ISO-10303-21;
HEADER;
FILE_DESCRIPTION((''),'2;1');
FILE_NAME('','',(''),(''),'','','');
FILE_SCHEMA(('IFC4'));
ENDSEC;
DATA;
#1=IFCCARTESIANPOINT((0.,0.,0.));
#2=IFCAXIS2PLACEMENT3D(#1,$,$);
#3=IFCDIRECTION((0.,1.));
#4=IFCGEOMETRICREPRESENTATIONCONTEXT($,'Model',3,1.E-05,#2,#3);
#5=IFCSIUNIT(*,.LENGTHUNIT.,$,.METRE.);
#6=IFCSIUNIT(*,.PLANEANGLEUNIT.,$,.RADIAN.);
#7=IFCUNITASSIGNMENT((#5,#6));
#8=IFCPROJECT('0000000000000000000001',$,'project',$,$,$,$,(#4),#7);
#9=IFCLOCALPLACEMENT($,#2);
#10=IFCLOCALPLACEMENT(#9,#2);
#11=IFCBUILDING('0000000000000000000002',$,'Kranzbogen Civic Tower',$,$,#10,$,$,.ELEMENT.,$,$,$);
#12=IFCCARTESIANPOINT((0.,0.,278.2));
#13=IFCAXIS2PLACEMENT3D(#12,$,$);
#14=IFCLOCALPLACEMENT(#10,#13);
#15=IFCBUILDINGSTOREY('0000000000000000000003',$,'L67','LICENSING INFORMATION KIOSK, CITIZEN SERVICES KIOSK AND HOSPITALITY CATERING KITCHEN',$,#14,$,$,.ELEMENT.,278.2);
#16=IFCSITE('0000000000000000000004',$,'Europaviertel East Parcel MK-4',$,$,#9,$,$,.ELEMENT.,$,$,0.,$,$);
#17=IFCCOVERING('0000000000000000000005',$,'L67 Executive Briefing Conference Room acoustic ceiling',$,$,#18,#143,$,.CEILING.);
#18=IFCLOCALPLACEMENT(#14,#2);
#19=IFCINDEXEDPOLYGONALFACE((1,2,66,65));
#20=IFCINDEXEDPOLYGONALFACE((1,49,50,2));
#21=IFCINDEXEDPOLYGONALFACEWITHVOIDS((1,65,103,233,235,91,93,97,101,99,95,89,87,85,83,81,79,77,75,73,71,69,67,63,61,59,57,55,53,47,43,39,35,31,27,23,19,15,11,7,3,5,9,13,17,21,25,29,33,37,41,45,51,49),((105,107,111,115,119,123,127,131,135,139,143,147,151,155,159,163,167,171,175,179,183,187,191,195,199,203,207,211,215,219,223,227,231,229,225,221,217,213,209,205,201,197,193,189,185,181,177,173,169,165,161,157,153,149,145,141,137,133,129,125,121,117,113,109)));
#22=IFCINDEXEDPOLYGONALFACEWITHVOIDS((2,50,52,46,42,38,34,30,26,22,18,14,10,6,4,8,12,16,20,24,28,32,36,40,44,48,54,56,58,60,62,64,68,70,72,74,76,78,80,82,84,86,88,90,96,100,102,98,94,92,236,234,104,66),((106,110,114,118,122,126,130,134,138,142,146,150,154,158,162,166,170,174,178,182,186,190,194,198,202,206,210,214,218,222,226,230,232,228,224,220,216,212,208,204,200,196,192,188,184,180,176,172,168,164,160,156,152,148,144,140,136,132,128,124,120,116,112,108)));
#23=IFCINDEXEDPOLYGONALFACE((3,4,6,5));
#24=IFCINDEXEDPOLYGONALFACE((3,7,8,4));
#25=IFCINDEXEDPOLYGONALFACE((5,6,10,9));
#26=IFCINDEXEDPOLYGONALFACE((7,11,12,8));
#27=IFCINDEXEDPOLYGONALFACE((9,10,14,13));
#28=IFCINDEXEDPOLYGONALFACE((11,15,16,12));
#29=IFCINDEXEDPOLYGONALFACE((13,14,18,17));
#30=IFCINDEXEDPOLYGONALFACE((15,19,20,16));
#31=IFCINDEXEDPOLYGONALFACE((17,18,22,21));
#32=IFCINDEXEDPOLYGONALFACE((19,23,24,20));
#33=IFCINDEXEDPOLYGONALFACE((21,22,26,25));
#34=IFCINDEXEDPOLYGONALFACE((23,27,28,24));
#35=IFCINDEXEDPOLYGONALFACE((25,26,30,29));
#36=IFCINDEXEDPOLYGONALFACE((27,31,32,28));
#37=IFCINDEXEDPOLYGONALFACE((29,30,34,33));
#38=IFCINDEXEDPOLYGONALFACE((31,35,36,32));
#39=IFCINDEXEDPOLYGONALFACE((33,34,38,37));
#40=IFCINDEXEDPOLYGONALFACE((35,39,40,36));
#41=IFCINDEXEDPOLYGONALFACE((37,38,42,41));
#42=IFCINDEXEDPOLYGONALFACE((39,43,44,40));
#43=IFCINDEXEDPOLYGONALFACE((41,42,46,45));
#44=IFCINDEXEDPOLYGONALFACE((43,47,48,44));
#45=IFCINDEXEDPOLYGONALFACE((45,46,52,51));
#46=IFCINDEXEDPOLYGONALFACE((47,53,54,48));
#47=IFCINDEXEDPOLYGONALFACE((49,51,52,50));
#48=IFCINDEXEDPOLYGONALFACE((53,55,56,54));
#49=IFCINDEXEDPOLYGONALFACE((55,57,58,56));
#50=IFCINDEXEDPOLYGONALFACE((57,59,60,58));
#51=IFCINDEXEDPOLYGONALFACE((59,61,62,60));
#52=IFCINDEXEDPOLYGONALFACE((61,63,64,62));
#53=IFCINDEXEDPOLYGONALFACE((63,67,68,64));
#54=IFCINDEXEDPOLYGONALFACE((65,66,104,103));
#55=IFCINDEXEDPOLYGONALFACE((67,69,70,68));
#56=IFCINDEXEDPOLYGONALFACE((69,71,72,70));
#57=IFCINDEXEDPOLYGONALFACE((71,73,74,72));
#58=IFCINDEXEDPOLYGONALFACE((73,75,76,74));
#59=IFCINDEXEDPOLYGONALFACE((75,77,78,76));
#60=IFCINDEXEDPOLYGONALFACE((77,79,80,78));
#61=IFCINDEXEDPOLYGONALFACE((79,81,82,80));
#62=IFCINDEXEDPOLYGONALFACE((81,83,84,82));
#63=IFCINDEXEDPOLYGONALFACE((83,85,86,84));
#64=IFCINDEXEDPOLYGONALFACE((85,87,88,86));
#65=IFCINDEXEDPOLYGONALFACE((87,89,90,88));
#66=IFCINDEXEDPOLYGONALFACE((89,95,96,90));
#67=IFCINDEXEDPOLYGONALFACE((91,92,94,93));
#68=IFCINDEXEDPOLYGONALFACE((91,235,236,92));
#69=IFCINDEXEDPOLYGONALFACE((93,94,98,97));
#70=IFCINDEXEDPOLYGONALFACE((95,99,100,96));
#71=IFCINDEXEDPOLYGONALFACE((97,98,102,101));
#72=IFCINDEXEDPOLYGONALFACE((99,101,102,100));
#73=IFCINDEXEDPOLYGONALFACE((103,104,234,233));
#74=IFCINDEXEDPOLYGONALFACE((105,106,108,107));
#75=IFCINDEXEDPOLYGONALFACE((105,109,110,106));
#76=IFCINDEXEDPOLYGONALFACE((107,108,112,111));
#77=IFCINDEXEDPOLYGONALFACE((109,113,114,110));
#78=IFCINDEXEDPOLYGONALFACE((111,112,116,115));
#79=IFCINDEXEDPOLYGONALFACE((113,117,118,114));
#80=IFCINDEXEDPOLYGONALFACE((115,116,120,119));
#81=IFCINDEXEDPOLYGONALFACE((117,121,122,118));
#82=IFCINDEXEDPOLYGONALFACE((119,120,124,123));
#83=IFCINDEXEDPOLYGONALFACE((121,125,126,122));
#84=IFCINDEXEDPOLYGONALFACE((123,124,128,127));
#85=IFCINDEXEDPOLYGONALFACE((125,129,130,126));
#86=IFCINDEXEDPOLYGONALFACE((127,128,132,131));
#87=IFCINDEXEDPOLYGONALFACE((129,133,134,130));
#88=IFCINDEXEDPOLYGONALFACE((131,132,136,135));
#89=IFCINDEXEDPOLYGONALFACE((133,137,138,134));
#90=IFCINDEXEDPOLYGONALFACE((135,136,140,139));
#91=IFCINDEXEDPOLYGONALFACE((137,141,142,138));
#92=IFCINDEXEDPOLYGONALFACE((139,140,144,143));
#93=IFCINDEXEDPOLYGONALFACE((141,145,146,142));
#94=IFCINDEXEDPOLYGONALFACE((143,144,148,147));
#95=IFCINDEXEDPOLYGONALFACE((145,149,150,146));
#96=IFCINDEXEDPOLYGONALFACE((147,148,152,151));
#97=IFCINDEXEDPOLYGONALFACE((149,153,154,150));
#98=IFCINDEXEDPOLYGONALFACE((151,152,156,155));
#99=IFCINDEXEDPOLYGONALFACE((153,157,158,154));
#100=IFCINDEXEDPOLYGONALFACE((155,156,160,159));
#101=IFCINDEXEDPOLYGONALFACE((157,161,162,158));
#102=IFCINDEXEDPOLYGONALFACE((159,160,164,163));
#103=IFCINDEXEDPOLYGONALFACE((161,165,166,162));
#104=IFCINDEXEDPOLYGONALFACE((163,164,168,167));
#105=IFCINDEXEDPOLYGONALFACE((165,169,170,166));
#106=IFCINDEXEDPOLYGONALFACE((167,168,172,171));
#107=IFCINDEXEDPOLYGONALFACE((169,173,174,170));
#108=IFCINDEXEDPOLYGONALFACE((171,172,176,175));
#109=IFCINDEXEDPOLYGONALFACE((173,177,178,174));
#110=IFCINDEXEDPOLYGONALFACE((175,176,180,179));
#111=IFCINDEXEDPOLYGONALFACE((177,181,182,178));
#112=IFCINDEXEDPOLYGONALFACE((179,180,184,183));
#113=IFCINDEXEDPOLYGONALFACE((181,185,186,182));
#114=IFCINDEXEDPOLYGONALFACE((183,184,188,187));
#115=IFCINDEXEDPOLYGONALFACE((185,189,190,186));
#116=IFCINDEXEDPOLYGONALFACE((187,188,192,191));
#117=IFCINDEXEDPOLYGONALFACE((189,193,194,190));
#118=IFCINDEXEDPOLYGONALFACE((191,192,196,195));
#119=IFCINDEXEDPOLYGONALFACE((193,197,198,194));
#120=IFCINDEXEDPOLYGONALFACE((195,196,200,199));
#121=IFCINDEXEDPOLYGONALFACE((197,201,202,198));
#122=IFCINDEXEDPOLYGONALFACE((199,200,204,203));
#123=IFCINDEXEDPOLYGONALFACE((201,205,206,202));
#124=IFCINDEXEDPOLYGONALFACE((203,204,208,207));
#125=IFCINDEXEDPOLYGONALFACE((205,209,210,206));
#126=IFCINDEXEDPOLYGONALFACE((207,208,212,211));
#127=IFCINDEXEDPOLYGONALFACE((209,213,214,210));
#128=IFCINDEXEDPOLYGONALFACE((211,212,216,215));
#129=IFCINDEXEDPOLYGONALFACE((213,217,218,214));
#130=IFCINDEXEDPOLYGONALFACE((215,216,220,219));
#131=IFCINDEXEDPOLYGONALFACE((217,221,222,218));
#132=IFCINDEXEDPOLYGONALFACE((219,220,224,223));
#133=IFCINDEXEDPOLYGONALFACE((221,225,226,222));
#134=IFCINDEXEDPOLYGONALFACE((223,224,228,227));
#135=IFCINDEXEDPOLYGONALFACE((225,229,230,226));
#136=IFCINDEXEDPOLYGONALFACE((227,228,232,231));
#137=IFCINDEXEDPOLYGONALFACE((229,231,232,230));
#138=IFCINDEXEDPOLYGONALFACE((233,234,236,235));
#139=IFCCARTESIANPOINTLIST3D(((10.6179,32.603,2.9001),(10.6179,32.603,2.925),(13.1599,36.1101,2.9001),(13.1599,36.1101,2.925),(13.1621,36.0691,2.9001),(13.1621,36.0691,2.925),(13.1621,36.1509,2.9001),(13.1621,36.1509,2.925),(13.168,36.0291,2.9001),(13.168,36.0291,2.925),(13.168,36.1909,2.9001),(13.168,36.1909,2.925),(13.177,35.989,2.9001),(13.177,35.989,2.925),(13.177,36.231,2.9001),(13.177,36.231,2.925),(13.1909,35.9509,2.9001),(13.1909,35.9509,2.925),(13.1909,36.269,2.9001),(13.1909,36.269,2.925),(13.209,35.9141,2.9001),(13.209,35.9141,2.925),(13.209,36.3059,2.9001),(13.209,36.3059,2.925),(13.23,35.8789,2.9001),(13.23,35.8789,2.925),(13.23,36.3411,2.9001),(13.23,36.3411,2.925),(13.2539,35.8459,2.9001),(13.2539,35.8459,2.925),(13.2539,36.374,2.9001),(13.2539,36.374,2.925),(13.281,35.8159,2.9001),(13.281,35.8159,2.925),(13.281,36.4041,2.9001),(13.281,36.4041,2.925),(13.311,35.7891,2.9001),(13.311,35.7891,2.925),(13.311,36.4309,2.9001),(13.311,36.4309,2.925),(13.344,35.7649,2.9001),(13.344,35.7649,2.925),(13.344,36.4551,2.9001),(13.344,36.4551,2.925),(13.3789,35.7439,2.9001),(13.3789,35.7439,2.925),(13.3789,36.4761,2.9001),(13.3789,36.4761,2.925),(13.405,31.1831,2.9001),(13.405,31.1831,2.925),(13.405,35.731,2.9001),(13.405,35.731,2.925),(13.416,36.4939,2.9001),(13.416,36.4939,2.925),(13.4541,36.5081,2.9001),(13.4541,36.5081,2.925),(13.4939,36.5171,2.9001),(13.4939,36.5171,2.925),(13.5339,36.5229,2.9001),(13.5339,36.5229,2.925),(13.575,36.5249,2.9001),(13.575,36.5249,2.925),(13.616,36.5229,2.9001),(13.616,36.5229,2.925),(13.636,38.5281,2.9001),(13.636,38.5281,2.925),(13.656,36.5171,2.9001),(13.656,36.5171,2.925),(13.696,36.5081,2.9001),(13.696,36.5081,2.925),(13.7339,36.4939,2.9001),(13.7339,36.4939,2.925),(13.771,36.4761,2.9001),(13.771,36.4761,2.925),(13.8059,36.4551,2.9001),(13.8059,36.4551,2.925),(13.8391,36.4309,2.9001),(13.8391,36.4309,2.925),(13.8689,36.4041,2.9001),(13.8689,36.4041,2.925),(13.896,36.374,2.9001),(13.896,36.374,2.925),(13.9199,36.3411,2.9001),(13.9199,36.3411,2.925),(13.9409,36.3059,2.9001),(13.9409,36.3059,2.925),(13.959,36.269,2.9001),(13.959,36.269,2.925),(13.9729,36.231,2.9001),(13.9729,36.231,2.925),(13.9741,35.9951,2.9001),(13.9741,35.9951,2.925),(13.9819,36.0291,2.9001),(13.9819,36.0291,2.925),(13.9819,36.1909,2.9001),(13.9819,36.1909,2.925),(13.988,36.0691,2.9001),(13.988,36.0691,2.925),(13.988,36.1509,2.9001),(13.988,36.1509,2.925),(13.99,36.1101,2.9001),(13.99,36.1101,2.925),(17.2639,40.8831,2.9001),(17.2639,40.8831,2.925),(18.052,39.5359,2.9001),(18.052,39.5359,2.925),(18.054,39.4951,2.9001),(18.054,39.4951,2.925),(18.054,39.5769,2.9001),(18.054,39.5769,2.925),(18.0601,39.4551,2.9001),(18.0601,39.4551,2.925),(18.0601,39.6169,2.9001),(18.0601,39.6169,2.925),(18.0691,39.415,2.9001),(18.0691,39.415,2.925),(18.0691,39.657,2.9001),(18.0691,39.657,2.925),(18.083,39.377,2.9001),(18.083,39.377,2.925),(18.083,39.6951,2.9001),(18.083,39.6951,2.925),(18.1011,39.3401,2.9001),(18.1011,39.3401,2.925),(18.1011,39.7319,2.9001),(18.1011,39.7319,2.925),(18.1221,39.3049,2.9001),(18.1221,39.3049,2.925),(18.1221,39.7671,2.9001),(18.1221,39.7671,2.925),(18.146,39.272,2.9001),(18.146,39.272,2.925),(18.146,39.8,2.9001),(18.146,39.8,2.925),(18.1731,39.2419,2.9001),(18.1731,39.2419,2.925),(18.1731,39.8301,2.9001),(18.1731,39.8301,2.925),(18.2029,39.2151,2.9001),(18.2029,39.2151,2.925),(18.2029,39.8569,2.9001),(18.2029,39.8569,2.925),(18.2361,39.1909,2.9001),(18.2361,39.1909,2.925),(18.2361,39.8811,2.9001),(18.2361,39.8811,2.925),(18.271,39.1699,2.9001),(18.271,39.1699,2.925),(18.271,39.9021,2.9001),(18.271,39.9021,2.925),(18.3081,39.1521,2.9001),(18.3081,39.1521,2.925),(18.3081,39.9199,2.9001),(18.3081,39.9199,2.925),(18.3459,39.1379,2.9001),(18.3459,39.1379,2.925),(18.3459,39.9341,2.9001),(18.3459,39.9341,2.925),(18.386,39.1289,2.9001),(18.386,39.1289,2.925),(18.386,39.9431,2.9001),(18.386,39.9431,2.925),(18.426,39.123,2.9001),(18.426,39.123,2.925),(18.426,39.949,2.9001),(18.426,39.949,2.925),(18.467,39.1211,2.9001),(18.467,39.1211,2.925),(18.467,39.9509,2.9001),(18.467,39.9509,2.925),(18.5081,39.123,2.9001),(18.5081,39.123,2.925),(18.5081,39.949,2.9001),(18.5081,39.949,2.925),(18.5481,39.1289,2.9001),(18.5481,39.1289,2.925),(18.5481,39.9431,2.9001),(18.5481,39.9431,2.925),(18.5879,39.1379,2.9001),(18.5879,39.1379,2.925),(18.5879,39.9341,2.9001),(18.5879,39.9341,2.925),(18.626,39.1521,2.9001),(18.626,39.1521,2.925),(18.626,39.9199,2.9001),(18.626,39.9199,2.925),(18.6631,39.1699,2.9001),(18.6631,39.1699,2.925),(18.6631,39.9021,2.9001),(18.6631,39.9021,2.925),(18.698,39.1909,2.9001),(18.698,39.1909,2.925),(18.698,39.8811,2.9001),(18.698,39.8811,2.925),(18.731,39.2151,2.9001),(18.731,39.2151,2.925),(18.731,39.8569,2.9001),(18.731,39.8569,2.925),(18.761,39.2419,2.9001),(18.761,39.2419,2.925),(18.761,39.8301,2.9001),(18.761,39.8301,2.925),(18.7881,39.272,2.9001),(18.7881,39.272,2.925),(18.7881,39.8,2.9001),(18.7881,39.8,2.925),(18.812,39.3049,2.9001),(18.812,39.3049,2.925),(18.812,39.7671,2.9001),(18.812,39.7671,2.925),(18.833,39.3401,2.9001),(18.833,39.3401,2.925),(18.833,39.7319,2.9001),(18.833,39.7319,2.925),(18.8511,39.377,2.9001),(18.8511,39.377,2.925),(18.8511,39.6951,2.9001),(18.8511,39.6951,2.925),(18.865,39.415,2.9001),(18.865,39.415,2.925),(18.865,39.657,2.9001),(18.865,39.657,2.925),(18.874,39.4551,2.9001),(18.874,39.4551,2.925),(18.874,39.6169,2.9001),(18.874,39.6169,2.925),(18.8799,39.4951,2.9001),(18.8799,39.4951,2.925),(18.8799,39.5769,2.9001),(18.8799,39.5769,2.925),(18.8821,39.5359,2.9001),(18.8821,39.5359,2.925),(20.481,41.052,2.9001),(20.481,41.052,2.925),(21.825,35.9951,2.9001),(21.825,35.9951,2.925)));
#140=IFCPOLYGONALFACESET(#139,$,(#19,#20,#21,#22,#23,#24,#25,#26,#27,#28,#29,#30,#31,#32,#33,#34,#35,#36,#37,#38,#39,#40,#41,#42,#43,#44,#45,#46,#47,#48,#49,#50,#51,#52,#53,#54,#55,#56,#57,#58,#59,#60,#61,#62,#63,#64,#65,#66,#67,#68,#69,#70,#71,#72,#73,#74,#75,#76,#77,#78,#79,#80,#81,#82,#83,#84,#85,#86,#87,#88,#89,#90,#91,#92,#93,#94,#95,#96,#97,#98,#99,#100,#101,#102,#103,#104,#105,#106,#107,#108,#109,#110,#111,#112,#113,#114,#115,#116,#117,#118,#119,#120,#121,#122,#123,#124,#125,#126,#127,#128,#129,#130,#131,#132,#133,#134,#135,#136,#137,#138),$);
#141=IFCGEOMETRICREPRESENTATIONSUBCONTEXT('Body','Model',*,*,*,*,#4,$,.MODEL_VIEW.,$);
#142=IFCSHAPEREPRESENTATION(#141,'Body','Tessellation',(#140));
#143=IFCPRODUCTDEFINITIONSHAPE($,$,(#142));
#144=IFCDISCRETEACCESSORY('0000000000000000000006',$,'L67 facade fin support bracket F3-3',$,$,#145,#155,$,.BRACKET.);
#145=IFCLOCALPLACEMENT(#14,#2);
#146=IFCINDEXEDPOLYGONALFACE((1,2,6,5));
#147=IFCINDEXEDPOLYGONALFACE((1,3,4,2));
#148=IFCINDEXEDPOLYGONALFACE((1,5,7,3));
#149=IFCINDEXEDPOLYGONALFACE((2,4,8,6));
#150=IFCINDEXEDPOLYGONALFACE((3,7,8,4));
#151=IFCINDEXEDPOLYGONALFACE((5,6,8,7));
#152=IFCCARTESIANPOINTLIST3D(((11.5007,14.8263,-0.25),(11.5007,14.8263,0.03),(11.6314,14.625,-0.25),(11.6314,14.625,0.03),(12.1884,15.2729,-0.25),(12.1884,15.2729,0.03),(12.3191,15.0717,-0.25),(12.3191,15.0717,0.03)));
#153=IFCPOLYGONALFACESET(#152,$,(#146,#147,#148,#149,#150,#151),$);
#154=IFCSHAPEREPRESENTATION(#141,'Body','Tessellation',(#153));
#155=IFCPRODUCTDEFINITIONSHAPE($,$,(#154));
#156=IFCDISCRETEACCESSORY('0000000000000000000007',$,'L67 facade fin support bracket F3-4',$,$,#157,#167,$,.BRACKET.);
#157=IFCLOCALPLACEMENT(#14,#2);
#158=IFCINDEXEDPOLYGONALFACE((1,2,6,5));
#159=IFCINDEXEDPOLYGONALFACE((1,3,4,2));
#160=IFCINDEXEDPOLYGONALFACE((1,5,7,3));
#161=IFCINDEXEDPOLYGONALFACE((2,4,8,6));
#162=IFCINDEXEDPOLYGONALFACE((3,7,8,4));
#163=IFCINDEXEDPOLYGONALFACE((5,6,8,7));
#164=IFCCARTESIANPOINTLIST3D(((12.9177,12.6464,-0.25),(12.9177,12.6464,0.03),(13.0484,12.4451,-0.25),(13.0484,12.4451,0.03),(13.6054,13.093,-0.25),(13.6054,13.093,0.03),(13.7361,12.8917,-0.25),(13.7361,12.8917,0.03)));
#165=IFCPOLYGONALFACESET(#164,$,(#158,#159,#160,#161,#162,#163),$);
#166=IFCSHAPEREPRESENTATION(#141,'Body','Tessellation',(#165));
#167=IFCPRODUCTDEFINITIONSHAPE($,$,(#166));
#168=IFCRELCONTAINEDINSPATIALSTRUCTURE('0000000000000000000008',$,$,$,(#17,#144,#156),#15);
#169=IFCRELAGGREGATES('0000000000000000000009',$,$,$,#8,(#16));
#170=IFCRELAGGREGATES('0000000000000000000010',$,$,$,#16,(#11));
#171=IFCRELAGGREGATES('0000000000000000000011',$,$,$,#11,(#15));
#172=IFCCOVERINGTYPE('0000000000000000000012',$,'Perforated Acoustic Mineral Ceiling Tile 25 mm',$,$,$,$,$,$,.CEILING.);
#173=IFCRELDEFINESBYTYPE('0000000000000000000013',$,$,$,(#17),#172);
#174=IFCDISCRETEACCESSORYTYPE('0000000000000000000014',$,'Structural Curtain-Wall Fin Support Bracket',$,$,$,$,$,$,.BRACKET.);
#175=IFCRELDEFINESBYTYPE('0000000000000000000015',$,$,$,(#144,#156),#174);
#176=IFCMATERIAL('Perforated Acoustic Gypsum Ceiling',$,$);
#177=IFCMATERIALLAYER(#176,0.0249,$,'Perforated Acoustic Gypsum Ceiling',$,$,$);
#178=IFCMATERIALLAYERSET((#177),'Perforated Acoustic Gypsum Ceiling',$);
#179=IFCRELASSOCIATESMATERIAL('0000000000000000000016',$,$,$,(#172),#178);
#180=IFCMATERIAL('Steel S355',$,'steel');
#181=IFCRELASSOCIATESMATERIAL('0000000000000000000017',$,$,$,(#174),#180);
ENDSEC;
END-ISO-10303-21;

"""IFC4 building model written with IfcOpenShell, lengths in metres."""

from ifc_helpers import new_model, si_unit, direction, frame, origin, origin_2d, place, context, subcontext, project, spatial, polyline, rectangle, outline, extrude, material, layer, layer_set, type_object, element, save


model = new_model("IFC4")

# Units and contexts
model_context = context("Model", 3, precision=1e-05, world=origin(), true_north=direction((0.0, 1.0)))
body_context = subcontext(model_context, "Body", "Model", "MODEL_VIEW")
ifc_project = project(units=[si_unit("LENGTHUNIT", "METRE"), si_unit("PLANEANGLEUNIT", "RADIAN")], contexts=[model_context])

# Site, building, storey
site_placement = place(None, origin())
site = spatial("IfcSite", under=ifc_project, at=site_placement, Name="Europaviertel East Parcel MK-4", CompositionType="ELEMENT", RefElevation=0.0)
building_placement = place(site_placement, origin())
building = spatial("IfcBuilding", under=site, at=building_placement, Name="Kranzbogen Civic Tower", CompositionType="ELEMENT")
storey_placement = place(building_placement, frame((0.0, 0.0, 278.2)))
storey = spatial("IfcBuildingStorey", under=building, at=storey_placement, Name="L67", Description="LICENSING INFORMATION KIOSK, CITIZEN SERVICES KIOSK AND HOSPITALITY CATERING KITCHEN", CompositionType="ELEMENT", Elevation=278.2)

# Shared definitions
ifc_material_1 = material(Name="Steel S355", Category="steel")

# Covering
ifc_material_2 = material(Name="Perforated Acoustic Gypsum Ceiling")
ifc_layer_1 = layer(ifc_material_2, 0.0249, Name="Perforated Acoustic Gypsum Ceiling")
ifc_layer_set_1 = layer_set([ifc_layer_1], Name="Perforated Acoustic Gypsum Ceiling")
covering_type_1 = type_object("IfcCoveringType", Name="Perforated Acoustic Mineral Ceiling Tile 25 mm", PredefinedType="CEILING", material=ifc_layer_set_1)
covering_1_placement = place(storey_placement, frame((0.0, 0.0, 2.9001)))
element("IfcCovering", 1, at=covering_1_placement, inside=storey, type_object=covering_type_1, Name="L67 Executive Briefing Conference Room acoustic ceiling", PredefinedType="CEILING", context=body_context, shape_type="SweptSolid", body=[
    extrude(outline(polyline([(17.2639, 40.8831), (20.481, 41.052), (21.825, 35.9951), (13.9741, 35.9951), (13.9819, 36.0291), (13.988, 36.0691), (13.99, 36.1101), (13.988, 36.1509), (13.9819, 36.1909), (13.9729, 36.231), (13.959, 36.269), (13.9409, 36.3059), (13.9199, 36.3411), (13.896, 36.374), (13.8689, 36.4041), (13.8391, 36.4309), (13.8059, 36.4551), (13.771, 36.4761), (13.7339, 36.4939), (13.696, 36.5081), (13.656, 36.5171), (13.616, 36.5229), (13.575, 36.5249), (13.5339, 36.5229), (13.4939, 36.5171), (13.4541, 36.5081), (13.416, 36.4939), (13.3789, 36.4761), (13.344, 36.4551), (13.311, 36.4309), (13.281, 36.4041), (13.2539, 36.374), (13.23, 36.3411), (13.209, 36.3059), (13.1909, 36.269), (13.177, 36.231), (13.168, 36.1909), (13.1621, 36.1509), (13.1599, 36.1101), (13.1621, 36.0691), (13.168, 36.0291), (13.177, 35.989), (13.1909, 35.9509), (13.209, 35.9141), (13.23, 35.8789), (13.2539, 35.8459), (13.281, 35.8159), (13.311, 35.7891), (13.344, 35.7649), (13.3789, 35.7439), (13.405, 35.731), (13.405, 31.1831), (10.6179, 32.603), (13.636, 38.5281), (17.2639, 40.8831)]), holes=[polyline([(18.8511, 39.377), (18.833, 39.3401), (18.812, 39.3049), (18.7881, 39.272), (18.761, 39.2419), (18.731, 39.2151), (18.698, 39.1909), (18.6631, 39.1699), (18.626, 39.1521), (18.5879, 39.1379), (18.5481, 39.1289), (18.5081, 39.123), (18.467, 39.1211), (18.426, 39.123), (18.386, 39.1289), (18.3459, 39.1379), (18.3081, 39.1521), (18.271, 39.1699), (18.2361, 39.1909), (18.2029, 39.2151), (18.1731, 39.2419), (18.146, 39.272), (18.1221, 39.3049), (18.1011, 39.3401), (18.083, 39.377), (18.0691, 39.415), (18.0601, 39.4551), (18.054, 39.4951), (18.052, 39.5359), (18.054, 39.5769), (18.0601, 39.6169), (18.0691, 39.657), (18.083, 39.6951), (18.1011, 39.7319), (18.1221, 39.7671), (18.146, 39.8), (18.1731, 39.8301), (18.2029, 39.8569), (18.2361, 39.8811), (18.271, 39.9021), (18.3081, 39.9199), (18.3459, 39.9341), (18.386, 39.9431), (18.426, 39.949), (18.467, 39.9509), (18.5081, 39.949), (18.5481, 39.9431), (18.5879, 39.9341), (18.626, 39.9199), (18.6631, 39.9021), (18.698, 39.8811), (18.731, 39.8569), (18.761, 39.8301), (18.7881, 39.8), (18.812, 39.7671), (18.833, 39.7319), (18.8511, 39.6951), (18.865, 39.657), (18.874, 39.6169), (18.8799, 39.5769), (18.8821, 39.5359), (18.8799, 39.4951), (18.874, 39.4551), (18.865, 39.415), (18.8511, 39.377)])]), origin(), (0.0, 0.0, 1.0), 0.0249),
])

# Discrete accessories
discrete_accessory_type = type_object("IfcDiscreteAccessoryType", Name="Structural Curtain-Wall Fin Support Bracket", PredefinedType="BRACKET", material=ifc_material_1)
for number, where, z_axis, x_axis, name in (
    (2, (11.9099, 14.949, -0.25), (0.0, 0.0, 1.0), (-0.838671, -0.544639, 0.0), "L67 facade fin support bracket F3-3"),
    (3, (13.3269, 12.769, -0.25), (0.0, 0.0, 1.0), (-0.838671, -0.544639, 0.0), "L67 facade fin support bracket F3-4"),
):
    element("IfcDiscreteAccessory", number, at=place(storey_placement, frame(where, z_axis=z_axis, x_axis=x_axis)), inside=storey, type_object=discrete_accessory_type, Name=name, PredefinedType="BRACKET", context=body_context, shape_type="SweptSolid", body=[
        extrude(rectangle(XDim=0.8201, YDim=0.24, at=origin_2d()), origin(), (0.0, 0.0, 1.0), 0.28),
    ])

save(model, "model.ifc")
